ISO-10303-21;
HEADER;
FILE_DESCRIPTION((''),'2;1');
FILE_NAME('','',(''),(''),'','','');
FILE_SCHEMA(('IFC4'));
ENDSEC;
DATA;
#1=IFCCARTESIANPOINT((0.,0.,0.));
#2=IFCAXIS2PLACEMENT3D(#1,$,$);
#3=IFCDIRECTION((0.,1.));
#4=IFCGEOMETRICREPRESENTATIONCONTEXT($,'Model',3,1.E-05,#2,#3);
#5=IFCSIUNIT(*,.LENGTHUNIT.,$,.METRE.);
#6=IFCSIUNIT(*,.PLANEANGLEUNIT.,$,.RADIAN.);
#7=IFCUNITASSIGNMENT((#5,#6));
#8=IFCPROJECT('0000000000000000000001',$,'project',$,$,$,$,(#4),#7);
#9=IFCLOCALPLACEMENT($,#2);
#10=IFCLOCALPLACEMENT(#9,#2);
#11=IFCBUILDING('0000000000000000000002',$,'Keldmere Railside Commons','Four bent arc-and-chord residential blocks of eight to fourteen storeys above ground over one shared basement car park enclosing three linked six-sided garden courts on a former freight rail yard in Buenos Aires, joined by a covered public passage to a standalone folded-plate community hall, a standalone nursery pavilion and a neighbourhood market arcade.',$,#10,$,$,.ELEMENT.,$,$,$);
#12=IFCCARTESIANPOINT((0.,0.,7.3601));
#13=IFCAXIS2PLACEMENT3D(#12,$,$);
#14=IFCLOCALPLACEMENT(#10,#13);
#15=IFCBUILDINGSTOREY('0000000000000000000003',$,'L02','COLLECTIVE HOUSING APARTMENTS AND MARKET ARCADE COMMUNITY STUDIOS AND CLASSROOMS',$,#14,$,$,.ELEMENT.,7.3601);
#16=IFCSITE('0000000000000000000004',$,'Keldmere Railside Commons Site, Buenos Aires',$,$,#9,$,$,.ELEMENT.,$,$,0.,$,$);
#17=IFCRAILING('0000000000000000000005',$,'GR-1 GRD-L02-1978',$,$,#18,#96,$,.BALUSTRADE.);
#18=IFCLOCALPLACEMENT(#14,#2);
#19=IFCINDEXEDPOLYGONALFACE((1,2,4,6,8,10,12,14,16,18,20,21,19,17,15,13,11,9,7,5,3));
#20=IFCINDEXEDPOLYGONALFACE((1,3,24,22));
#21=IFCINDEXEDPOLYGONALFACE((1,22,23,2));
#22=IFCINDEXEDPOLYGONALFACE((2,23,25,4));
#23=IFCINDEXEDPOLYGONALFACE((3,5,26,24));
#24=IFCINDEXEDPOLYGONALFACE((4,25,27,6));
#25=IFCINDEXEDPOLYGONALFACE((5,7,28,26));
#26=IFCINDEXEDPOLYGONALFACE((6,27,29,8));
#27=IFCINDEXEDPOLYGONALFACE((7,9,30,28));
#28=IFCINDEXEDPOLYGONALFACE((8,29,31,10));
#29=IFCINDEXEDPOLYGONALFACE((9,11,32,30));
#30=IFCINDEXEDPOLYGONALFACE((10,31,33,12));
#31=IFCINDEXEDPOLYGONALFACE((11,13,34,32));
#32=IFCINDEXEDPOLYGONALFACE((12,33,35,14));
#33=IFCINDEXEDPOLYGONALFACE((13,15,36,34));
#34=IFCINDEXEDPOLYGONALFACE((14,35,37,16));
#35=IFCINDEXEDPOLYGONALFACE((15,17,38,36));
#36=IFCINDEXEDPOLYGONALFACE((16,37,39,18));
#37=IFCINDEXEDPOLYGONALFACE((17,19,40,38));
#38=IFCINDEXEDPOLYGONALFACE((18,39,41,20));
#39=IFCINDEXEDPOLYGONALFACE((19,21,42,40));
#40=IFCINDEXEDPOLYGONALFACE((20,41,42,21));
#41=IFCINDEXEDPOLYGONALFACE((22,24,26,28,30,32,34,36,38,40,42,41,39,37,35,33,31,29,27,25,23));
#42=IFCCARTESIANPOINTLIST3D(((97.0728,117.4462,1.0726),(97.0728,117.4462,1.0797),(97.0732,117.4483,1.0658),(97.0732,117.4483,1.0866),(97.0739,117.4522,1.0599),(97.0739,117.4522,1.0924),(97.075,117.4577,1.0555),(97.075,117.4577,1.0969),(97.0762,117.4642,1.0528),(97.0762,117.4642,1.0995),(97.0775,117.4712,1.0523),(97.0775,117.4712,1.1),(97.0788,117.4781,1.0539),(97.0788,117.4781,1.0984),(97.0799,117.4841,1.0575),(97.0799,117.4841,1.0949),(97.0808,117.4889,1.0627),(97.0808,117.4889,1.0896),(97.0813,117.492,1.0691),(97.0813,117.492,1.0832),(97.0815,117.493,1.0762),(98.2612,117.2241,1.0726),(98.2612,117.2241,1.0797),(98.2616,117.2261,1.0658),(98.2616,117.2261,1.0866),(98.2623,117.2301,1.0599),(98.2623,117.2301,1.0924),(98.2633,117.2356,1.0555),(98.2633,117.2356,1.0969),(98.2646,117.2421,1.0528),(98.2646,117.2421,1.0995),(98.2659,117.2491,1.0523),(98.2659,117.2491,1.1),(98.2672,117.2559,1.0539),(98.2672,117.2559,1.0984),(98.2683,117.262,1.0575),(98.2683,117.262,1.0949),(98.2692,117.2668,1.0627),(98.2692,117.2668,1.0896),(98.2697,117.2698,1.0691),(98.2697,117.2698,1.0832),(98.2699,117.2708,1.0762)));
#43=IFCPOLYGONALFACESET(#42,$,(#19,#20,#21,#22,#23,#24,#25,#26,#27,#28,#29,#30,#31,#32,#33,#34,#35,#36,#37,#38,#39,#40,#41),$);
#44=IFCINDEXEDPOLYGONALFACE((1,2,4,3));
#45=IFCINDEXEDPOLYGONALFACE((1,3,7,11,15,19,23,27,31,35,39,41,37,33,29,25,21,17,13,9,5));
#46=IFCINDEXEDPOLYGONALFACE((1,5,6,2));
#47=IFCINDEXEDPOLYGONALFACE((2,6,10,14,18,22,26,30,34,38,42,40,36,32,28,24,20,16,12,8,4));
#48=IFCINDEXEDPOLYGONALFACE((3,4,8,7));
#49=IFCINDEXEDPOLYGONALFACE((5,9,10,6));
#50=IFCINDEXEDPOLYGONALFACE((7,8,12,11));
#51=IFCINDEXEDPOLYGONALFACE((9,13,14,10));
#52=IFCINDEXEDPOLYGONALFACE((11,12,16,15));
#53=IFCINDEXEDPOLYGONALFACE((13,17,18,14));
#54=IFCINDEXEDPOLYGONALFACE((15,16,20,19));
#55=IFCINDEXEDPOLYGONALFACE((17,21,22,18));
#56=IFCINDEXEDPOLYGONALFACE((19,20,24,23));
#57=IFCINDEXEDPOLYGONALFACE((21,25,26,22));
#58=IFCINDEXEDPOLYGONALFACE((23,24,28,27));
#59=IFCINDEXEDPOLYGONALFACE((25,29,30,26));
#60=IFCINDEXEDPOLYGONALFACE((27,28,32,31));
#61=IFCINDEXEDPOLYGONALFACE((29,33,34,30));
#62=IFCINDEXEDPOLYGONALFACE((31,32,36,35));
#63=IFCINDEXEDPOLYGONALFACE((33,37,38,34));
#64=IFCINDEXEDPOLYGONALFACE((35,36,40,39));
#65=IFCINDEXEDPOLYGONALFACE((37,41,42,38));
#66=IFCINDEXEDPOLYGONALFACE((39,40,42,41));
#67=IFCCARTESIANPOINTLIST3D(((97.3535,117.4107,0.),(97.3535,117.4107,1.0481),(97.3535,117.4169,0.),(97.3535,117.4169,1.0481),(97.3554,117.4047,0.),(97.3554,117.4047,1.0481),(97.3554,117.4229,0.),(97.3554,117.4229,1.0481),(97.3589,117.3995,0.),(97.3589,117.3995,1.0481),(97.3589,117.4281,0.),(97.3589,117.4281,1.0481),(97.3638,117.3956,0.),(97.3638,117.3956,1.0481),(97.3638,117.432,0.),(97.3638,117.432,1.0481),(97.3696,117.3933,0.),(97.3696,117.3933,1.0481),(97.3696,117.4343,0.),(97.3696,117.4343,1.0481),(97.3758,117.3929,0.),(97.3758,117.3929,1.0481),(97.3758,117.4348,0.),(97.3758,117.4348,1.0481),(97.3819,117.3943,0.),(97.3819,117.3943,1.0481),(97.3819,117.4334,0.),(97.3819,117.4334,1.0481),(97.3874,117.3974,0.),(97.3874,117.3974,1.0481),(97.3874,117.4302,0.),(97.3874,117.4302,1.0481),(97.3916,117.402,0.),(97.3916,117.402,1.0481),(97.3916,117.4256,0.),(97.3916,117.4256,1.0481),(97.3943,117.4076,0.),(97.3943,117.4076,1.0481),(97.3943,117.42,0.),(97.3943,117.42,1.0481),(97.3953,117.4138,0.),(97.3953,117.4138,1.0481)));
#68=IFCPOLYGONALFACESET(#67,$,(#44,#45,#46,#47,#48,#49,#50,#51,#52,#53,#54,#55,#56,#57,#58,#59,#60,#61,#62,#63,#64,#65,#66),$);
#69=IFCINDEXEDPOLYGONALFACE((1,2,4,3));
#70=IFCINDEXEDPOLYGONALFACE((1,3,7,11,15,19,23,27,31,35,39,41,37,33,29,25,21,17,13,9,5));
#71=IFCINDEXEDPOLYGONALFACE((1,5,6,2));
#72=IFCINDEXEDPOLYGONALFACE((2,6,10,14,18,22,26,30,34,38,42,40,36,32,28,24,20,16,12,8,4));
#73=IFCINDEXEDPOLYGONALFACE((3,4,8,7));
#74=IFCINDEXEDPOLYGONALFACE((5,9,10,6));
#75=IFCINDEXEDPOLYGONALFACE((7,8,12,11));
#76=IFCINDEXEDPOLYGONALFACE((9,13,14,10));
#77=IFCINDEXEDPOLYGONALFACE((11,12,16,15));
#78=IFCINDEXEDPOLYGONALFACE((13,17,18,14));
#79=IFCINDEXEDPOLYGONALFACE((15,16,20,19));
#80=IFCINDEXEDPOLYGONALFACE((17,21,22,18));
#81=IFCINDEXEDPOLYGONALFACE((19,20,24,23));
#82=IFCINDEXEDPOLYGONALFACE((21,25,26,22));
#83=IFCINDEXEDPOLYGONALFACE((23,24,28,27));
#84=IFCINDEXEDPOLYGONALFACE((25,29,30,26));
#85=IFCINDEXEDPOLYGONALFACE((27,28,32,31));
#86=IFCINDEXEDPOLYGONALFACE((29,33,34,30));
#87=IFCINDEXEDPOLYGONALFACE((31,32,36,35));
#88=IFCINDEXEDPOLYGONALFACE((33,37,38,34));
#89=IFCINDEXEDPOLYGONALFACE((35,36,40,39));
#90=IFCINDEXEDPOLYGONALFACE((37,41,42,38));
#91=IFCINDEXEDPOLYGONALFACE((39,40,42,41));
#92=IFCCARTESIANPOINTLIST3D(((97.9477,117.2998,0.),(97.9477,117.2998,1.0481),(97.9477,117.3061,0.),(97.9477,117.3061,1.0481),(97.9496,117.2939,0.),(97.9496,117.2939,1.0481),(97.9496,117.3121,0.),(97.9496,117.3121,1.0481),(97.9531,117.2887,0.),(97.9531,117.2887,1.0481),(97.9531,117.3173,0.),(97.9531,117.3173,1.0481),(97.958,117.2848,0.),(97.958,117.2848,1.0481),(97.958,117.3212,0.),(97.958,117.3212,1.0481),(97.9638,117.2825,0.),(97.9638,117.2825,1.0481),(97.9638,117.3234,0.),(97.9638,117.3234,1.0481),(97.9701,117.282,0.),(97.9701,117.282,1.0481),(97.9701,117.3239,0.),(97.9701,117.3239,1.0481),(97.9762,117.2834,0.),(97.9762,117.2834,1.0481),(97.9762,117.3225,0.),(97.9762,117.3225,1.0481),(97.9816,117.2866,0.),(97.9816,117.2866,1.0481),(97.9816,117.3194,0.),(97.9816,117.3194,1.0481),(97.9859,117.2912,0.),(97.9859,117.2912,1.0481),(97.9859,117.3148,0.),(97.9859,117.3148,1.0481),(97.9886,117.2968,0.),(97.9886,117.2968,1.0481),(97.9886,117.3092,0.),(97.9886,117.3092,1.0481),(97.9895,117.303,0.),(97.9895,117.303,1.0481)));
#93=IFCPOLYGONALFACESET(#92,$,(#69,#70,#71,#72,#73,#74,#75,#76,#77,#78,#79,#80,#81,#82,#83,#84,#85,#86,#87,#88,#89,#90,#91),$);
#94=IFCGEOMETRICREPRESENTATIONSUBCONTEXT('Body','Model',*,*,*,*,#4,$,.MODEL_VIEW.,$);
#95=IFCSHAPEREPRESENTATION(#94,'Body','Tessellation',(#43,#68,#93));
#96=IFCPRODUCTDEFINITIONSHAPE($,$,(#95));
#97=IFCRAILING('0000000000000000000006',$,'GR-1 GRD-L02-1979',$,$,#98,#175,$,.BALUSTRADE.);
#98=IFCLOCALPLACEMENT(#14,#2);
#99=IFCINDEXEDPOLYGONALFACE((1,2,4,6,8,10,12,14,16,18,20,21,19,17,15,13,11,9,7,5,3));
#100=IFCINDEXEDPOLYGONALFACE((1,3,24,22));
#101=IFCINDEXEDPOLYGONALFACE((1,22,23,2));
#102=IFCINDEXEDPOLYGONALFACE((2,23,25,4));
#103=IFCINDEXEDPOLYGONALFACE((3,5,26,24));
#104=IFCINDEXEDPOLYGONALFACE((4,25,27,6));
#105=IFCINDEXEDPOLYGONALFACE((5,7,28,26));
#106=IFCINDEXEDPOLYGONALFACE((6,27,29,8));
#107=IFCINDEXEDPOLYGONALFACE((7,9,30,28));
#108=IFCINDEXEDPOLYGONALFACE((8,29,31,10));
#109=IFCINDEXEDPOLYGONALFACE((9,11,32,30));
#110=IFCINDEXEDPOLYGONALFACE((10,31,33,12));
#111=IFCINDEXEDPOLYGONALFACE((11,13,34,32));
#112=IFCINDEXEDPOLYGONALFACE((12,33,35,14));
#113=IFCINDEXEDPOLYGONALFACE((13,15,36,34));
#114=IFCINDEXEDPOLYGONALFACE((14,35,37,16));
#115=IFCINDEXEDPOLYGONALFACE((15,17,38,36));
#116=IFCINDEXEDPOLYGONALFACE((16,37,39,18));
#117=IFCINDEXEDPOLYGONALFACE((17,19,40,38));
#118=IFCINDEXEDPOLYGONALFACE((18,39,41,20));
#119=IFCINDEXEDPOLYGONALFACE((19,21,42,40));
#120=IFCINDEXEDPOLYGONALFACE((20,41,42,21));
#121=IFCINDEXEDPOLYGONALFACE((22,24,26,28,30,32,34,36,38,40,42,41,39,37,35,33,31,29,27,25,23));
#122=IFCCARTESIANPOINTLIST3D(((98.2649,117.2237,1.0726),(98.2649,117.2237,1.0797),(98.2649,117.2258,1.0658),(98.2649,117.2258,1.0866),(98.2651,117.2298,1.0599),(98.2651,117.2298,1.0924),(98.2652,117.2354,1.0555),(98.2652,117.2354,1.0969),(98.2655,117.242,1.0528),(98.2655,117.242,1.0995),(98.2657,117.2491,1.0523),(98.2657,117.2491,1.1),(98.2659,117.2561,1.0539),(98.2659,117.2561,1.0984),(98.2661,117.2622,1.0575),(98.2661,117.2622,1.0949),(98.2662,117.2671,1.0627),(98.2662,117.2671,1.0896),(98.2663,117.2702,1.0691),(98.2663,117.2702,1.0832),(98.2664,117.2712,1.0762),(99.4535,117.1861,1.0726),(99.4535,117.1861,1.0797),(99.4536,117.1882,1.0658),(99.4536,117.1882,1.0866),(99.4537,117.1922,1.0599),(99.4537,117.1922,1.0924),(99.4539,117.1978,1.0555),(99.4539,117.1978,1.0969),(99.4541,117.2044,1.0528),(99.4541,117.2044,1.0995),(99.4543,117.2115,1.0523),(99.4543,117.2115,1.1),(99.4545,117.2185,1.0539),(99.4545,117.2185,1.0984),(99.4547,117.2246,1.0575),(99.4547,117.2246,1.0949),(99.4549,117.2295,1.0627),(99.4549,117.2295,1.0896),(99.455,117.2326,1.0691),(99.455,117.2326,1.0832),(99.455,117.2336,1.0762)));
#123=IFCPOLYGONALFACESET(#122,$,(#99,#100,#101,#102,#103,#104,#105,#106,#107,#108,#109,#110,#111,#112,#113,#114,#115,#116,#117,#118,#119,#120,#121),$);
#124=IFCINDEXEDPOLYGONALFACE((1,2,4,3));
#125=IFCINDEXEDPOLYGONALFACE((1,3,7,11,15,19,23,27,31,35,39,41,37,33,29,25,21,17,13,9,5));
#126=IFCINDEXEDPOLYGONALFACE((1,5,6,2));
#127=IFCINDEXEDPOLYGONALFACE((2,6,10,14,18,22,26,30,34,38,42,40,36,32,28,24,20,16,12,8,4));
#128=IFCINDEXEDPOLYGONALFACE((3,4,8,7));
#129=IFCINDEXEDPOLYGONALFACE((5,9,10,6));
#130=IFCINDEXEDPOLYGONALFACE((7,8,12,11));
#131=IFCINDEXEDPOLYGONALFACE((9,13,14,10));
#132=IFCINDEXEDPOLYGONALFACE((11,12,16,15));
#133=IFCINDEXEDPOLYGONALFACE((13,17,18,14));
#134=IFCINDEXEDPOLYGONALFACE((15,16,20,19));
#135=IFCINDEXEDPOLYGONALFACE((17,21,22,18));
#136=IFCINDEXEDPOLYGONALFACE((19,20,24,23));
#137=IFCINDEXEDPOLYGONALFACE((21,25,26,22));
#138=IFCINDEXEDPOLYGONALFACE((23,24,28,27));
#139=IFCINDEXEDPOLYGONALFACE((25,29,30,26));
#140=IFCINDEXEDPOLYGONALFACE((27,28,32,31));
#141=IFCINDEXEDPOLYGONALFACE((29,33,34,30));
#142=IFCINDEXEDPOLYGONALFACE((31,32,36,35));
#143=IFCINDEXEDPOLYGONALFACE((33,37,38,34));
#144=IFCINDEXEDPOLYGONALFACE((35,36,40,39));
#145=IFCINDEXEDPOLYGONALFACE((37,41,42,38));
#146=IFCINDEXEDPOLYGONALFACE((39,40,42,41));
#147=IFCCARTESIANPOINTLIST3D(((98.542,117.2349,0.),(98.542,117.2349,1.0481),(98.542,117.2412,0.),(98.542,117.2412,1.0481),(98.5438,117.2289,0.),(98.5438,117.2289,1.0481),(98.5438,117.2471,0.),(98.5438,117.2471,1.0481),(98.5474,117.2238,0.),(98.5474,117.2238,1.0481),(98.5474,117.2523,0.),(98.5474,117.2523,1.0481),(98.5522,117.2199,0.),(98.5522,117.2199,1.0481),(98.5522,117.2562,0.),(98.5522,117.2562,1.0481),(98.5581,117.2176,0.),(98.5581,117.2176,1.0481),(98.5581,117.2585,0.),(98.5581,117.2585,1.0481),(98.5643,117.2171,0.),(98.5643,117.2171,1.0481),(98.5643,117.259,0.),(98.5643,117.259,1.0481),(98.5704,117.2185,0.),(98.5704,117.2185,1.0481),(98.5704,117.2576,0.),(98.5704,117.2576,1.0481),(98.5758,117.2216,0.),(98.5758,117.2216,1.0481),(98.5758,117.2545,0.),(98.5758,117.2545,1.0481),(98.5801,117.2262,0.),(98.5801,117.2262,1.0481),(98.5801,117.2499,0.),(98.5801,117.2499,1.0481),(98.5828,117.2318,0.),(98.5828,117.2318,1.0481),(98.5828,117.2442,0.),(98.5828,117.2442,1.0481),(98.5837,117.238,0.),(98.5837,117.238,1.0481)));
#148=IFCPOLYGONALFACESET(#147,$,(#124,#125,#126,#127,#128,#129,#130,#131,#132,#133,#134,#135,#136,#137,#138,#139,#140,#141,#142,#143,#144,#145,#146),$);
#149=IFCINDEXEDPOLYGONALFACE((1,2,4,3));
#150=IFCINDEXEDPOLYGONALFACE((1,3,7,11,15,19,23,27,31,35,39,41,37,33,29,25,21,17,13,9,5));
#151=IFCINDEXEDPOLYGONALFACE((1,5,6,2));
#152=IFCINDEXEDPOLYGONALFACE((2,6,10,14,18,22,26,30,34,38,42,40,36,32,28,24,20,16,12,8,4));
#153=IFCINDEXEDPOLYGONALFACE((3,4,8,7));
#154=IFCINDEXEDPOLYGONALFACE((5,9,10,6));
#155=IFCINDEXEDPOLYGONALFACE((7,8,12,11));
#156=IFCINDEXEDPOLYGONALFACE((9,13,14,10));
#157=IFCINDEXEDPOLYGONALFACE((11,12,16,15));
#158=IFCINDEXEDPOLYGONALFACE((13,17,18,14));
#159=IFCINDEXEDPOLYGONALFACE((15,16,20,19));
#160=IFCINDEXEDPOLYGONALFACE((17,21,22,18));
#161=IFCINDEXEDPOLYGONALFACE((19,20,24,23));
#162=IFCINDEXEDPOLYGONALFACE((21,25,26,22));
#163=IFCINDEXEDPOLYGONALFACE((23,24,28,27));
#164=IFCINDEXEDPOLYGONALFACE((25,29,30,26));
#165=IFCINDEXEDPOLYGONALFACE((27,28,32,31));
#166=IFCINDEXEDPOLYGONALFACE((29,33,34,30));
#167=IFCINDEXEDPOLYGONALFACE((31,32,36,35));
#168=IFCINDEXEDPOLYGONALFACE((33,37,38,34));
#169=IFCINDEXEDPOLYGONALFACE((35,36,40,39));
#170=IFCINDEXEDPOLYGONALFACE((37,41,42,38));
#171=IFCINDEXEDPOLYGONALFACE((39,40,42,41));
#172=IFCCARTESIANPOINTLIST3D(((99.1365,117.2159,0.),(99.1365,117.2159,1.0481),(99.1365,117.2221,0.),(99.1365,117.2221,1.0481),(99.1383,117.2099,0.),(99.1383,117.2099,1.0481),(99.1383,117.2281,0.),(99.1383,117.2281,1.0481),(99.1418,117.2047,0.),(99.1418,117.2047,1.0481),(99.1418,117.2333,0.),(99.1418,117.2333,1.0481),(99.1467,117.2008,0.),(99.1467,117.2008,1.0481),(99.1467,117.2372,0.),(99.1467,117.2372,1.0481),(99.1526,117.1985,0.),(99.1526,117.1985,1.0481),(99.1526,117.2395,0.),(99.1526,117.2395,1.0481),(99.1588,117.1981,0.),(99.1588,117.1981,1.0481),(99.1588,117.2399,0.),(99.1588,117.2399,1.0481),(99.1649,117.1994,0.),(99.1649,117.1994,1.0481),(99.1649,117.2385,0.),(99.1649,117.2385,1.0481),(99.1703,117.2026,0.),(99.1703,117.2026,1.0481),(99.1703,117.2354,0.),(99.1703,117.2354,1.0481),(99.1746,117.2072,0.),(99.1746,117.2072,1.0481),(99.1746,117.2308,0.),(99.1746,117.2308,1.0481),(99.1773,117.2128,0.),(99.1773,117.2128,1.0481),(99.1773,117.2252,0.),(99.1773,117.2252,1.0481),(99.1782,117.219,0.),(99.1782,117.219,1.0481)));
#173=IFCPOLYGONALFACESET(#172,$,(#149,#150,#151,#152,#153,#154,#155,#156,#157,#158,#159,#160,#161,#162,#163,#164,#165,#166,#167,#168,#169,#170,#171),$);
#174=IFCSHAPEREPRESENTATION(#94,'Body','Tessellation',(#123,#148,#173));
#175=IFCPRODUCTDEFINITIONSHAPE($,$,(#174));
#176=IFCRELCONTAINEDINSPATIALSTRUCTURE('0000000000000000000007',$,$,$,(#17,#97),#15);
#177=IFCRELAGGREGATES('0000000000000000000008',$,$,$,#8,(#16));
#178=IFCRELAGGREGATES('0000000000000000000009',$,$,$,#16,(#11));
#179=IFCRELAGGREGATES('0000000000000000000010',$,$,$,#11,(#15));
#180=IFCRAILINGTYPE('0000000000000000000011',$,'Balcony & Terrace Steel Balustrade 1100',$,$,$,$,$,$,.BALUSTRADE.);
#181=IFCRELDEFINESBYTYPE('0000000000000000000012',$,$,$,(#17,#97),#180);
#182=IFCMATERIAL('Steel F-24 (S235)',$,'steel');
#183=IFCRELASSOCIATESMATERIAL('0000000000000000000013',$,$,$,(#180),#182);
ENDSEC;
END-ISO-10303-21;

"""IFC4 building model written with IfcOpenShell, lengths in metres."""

from ifc_helpers import new_model, si_unit, direction, frame, origin, origin_2d, place, context, subcontext, project, spatial, circle, extrude, material, type_object, element, save


model = new_model("IFC4")

# Units and contexts
model_context = context("Model", 3, precision=1e-05, world=origin(), true_north=direction((0.0, 1.0)))
body_context = subcontext(model_context, "Body", "Model", "MODEL_VIEW")
ifc_project = project(units=[si_unit("LENGTHUNIT", "METRE"), si_unit("PLANEANGLEUNIT", "RADIAN")], contexts=[model_context])

# Site, building, storey
site_placement = place(None, origin())
site = spatial("IfcSite", under=ifc_project, at=site_placement, Name="Keldmere Railside Commons Site, Buenos Aires", CompositionType="ELEMENT", RefElevation=0.0)
building_placement = place(site_placement, origin())
building = spatial("IfcBuilding", under=site, at=building_placement, Name="Keldmere Railside Commons", Description="Four bent arc-and-chord residential blocks of eight to fourteen storeys above ground over one shared basement car park enclosing three linked six-sided garden courts on a former freight rail yard in Buenos Aires, joined by a covered public passage to a standalone folded-plate community hall, a standalone nursery pavilion and a neighbourhood market arcade.", CompositionType="ELEMENT")
storey_placement = place(building_placement, frame((0.0, 0.0, 7.3601)))
storey = spatial("IfcBuildingStorey", under=building, at=storey_placement, Name="L02", Description="COLLECTIVE HOUSING APARTMENTS AND MARKET ARCADE COMMUNITY STUDIOS AND CLASSROOMS", CompositionType="ELEMENT", Elevation=7.3601)

# Railings
ifc_material_1 = material(Name="Steel F-24 (S235)", Category="steel")
railing_type = type_object("IfcRailingType", Name="Balcony & Terrace Steel Balustrade 1100", PredefinedType="BALUSTRADE", material=ifc_material_1)
railing_1_placement = place(storey_placement, frame((97.0771, 117.4695, 0.0)))
element("IfcRailing", 1, at=railing_1_placement, inside=storey, type_object=railing_type, Name="GR-1 GRD-L02-1978", PredefinedType="BALUSTRADE", context=body_context, shape_type="SweptSolid", body=[
    extrude(circle(Radius=0.0239, at=origin_2d()), frame((0.0, 0.0, 1.0762), z_axis=(0.982973, -0.183752, 0.0), x_axis=(0.183752, 0.982973, 0.0)), (0.0, 0.0, 1.0), 1.209),
    extrude(circle(Radius=0.021, at=origin_2d()), frame((0.2971, -0.0557, 0.0)), (0.0, 0.0, 1.0), 1.0481),
    extrude(circle(Radius=0.021, at=origin_2d()), frame((0.8914, -0.1665, 0.0)), (0.0, 0.0, 1.0), 1.0481),
])
railing_2_placement = place(storey_placement, frame((98.2656, 117.2473, 0.0)))
element("IfcRailing", 2, at=railing_2_placement, inside=storey, type_object=railing_type, Name="GR-1 GRD-L02-1979", PredefinedType="BALUSTRADE", context=body_context, shape_type="SweptSolid", body=[
    extrude(circle(Radius=0.0239, at=origin_2d()), frame((0.0, 0.0, 1.0762), z_axis=(0.9995, -0.031613, 0.0), x_axis=(0.031613, 0.9995, 0.0)), (0.0, 0.0, 1.0), 1.1892),
    extrude(circle(Radius=0.021, at=origin_2d()), frame((0.2971, -0.0093, 0.0)), (0.0, 0.0, 1.0), 1.0481),
    extrude(circle(Radius=0.021, at=origin_2d()), frame((0.8916, -0.0283, 0.0)), (0.0, 0.0, 1.0), 1.0481),
])

save(model, "model.ifc")
